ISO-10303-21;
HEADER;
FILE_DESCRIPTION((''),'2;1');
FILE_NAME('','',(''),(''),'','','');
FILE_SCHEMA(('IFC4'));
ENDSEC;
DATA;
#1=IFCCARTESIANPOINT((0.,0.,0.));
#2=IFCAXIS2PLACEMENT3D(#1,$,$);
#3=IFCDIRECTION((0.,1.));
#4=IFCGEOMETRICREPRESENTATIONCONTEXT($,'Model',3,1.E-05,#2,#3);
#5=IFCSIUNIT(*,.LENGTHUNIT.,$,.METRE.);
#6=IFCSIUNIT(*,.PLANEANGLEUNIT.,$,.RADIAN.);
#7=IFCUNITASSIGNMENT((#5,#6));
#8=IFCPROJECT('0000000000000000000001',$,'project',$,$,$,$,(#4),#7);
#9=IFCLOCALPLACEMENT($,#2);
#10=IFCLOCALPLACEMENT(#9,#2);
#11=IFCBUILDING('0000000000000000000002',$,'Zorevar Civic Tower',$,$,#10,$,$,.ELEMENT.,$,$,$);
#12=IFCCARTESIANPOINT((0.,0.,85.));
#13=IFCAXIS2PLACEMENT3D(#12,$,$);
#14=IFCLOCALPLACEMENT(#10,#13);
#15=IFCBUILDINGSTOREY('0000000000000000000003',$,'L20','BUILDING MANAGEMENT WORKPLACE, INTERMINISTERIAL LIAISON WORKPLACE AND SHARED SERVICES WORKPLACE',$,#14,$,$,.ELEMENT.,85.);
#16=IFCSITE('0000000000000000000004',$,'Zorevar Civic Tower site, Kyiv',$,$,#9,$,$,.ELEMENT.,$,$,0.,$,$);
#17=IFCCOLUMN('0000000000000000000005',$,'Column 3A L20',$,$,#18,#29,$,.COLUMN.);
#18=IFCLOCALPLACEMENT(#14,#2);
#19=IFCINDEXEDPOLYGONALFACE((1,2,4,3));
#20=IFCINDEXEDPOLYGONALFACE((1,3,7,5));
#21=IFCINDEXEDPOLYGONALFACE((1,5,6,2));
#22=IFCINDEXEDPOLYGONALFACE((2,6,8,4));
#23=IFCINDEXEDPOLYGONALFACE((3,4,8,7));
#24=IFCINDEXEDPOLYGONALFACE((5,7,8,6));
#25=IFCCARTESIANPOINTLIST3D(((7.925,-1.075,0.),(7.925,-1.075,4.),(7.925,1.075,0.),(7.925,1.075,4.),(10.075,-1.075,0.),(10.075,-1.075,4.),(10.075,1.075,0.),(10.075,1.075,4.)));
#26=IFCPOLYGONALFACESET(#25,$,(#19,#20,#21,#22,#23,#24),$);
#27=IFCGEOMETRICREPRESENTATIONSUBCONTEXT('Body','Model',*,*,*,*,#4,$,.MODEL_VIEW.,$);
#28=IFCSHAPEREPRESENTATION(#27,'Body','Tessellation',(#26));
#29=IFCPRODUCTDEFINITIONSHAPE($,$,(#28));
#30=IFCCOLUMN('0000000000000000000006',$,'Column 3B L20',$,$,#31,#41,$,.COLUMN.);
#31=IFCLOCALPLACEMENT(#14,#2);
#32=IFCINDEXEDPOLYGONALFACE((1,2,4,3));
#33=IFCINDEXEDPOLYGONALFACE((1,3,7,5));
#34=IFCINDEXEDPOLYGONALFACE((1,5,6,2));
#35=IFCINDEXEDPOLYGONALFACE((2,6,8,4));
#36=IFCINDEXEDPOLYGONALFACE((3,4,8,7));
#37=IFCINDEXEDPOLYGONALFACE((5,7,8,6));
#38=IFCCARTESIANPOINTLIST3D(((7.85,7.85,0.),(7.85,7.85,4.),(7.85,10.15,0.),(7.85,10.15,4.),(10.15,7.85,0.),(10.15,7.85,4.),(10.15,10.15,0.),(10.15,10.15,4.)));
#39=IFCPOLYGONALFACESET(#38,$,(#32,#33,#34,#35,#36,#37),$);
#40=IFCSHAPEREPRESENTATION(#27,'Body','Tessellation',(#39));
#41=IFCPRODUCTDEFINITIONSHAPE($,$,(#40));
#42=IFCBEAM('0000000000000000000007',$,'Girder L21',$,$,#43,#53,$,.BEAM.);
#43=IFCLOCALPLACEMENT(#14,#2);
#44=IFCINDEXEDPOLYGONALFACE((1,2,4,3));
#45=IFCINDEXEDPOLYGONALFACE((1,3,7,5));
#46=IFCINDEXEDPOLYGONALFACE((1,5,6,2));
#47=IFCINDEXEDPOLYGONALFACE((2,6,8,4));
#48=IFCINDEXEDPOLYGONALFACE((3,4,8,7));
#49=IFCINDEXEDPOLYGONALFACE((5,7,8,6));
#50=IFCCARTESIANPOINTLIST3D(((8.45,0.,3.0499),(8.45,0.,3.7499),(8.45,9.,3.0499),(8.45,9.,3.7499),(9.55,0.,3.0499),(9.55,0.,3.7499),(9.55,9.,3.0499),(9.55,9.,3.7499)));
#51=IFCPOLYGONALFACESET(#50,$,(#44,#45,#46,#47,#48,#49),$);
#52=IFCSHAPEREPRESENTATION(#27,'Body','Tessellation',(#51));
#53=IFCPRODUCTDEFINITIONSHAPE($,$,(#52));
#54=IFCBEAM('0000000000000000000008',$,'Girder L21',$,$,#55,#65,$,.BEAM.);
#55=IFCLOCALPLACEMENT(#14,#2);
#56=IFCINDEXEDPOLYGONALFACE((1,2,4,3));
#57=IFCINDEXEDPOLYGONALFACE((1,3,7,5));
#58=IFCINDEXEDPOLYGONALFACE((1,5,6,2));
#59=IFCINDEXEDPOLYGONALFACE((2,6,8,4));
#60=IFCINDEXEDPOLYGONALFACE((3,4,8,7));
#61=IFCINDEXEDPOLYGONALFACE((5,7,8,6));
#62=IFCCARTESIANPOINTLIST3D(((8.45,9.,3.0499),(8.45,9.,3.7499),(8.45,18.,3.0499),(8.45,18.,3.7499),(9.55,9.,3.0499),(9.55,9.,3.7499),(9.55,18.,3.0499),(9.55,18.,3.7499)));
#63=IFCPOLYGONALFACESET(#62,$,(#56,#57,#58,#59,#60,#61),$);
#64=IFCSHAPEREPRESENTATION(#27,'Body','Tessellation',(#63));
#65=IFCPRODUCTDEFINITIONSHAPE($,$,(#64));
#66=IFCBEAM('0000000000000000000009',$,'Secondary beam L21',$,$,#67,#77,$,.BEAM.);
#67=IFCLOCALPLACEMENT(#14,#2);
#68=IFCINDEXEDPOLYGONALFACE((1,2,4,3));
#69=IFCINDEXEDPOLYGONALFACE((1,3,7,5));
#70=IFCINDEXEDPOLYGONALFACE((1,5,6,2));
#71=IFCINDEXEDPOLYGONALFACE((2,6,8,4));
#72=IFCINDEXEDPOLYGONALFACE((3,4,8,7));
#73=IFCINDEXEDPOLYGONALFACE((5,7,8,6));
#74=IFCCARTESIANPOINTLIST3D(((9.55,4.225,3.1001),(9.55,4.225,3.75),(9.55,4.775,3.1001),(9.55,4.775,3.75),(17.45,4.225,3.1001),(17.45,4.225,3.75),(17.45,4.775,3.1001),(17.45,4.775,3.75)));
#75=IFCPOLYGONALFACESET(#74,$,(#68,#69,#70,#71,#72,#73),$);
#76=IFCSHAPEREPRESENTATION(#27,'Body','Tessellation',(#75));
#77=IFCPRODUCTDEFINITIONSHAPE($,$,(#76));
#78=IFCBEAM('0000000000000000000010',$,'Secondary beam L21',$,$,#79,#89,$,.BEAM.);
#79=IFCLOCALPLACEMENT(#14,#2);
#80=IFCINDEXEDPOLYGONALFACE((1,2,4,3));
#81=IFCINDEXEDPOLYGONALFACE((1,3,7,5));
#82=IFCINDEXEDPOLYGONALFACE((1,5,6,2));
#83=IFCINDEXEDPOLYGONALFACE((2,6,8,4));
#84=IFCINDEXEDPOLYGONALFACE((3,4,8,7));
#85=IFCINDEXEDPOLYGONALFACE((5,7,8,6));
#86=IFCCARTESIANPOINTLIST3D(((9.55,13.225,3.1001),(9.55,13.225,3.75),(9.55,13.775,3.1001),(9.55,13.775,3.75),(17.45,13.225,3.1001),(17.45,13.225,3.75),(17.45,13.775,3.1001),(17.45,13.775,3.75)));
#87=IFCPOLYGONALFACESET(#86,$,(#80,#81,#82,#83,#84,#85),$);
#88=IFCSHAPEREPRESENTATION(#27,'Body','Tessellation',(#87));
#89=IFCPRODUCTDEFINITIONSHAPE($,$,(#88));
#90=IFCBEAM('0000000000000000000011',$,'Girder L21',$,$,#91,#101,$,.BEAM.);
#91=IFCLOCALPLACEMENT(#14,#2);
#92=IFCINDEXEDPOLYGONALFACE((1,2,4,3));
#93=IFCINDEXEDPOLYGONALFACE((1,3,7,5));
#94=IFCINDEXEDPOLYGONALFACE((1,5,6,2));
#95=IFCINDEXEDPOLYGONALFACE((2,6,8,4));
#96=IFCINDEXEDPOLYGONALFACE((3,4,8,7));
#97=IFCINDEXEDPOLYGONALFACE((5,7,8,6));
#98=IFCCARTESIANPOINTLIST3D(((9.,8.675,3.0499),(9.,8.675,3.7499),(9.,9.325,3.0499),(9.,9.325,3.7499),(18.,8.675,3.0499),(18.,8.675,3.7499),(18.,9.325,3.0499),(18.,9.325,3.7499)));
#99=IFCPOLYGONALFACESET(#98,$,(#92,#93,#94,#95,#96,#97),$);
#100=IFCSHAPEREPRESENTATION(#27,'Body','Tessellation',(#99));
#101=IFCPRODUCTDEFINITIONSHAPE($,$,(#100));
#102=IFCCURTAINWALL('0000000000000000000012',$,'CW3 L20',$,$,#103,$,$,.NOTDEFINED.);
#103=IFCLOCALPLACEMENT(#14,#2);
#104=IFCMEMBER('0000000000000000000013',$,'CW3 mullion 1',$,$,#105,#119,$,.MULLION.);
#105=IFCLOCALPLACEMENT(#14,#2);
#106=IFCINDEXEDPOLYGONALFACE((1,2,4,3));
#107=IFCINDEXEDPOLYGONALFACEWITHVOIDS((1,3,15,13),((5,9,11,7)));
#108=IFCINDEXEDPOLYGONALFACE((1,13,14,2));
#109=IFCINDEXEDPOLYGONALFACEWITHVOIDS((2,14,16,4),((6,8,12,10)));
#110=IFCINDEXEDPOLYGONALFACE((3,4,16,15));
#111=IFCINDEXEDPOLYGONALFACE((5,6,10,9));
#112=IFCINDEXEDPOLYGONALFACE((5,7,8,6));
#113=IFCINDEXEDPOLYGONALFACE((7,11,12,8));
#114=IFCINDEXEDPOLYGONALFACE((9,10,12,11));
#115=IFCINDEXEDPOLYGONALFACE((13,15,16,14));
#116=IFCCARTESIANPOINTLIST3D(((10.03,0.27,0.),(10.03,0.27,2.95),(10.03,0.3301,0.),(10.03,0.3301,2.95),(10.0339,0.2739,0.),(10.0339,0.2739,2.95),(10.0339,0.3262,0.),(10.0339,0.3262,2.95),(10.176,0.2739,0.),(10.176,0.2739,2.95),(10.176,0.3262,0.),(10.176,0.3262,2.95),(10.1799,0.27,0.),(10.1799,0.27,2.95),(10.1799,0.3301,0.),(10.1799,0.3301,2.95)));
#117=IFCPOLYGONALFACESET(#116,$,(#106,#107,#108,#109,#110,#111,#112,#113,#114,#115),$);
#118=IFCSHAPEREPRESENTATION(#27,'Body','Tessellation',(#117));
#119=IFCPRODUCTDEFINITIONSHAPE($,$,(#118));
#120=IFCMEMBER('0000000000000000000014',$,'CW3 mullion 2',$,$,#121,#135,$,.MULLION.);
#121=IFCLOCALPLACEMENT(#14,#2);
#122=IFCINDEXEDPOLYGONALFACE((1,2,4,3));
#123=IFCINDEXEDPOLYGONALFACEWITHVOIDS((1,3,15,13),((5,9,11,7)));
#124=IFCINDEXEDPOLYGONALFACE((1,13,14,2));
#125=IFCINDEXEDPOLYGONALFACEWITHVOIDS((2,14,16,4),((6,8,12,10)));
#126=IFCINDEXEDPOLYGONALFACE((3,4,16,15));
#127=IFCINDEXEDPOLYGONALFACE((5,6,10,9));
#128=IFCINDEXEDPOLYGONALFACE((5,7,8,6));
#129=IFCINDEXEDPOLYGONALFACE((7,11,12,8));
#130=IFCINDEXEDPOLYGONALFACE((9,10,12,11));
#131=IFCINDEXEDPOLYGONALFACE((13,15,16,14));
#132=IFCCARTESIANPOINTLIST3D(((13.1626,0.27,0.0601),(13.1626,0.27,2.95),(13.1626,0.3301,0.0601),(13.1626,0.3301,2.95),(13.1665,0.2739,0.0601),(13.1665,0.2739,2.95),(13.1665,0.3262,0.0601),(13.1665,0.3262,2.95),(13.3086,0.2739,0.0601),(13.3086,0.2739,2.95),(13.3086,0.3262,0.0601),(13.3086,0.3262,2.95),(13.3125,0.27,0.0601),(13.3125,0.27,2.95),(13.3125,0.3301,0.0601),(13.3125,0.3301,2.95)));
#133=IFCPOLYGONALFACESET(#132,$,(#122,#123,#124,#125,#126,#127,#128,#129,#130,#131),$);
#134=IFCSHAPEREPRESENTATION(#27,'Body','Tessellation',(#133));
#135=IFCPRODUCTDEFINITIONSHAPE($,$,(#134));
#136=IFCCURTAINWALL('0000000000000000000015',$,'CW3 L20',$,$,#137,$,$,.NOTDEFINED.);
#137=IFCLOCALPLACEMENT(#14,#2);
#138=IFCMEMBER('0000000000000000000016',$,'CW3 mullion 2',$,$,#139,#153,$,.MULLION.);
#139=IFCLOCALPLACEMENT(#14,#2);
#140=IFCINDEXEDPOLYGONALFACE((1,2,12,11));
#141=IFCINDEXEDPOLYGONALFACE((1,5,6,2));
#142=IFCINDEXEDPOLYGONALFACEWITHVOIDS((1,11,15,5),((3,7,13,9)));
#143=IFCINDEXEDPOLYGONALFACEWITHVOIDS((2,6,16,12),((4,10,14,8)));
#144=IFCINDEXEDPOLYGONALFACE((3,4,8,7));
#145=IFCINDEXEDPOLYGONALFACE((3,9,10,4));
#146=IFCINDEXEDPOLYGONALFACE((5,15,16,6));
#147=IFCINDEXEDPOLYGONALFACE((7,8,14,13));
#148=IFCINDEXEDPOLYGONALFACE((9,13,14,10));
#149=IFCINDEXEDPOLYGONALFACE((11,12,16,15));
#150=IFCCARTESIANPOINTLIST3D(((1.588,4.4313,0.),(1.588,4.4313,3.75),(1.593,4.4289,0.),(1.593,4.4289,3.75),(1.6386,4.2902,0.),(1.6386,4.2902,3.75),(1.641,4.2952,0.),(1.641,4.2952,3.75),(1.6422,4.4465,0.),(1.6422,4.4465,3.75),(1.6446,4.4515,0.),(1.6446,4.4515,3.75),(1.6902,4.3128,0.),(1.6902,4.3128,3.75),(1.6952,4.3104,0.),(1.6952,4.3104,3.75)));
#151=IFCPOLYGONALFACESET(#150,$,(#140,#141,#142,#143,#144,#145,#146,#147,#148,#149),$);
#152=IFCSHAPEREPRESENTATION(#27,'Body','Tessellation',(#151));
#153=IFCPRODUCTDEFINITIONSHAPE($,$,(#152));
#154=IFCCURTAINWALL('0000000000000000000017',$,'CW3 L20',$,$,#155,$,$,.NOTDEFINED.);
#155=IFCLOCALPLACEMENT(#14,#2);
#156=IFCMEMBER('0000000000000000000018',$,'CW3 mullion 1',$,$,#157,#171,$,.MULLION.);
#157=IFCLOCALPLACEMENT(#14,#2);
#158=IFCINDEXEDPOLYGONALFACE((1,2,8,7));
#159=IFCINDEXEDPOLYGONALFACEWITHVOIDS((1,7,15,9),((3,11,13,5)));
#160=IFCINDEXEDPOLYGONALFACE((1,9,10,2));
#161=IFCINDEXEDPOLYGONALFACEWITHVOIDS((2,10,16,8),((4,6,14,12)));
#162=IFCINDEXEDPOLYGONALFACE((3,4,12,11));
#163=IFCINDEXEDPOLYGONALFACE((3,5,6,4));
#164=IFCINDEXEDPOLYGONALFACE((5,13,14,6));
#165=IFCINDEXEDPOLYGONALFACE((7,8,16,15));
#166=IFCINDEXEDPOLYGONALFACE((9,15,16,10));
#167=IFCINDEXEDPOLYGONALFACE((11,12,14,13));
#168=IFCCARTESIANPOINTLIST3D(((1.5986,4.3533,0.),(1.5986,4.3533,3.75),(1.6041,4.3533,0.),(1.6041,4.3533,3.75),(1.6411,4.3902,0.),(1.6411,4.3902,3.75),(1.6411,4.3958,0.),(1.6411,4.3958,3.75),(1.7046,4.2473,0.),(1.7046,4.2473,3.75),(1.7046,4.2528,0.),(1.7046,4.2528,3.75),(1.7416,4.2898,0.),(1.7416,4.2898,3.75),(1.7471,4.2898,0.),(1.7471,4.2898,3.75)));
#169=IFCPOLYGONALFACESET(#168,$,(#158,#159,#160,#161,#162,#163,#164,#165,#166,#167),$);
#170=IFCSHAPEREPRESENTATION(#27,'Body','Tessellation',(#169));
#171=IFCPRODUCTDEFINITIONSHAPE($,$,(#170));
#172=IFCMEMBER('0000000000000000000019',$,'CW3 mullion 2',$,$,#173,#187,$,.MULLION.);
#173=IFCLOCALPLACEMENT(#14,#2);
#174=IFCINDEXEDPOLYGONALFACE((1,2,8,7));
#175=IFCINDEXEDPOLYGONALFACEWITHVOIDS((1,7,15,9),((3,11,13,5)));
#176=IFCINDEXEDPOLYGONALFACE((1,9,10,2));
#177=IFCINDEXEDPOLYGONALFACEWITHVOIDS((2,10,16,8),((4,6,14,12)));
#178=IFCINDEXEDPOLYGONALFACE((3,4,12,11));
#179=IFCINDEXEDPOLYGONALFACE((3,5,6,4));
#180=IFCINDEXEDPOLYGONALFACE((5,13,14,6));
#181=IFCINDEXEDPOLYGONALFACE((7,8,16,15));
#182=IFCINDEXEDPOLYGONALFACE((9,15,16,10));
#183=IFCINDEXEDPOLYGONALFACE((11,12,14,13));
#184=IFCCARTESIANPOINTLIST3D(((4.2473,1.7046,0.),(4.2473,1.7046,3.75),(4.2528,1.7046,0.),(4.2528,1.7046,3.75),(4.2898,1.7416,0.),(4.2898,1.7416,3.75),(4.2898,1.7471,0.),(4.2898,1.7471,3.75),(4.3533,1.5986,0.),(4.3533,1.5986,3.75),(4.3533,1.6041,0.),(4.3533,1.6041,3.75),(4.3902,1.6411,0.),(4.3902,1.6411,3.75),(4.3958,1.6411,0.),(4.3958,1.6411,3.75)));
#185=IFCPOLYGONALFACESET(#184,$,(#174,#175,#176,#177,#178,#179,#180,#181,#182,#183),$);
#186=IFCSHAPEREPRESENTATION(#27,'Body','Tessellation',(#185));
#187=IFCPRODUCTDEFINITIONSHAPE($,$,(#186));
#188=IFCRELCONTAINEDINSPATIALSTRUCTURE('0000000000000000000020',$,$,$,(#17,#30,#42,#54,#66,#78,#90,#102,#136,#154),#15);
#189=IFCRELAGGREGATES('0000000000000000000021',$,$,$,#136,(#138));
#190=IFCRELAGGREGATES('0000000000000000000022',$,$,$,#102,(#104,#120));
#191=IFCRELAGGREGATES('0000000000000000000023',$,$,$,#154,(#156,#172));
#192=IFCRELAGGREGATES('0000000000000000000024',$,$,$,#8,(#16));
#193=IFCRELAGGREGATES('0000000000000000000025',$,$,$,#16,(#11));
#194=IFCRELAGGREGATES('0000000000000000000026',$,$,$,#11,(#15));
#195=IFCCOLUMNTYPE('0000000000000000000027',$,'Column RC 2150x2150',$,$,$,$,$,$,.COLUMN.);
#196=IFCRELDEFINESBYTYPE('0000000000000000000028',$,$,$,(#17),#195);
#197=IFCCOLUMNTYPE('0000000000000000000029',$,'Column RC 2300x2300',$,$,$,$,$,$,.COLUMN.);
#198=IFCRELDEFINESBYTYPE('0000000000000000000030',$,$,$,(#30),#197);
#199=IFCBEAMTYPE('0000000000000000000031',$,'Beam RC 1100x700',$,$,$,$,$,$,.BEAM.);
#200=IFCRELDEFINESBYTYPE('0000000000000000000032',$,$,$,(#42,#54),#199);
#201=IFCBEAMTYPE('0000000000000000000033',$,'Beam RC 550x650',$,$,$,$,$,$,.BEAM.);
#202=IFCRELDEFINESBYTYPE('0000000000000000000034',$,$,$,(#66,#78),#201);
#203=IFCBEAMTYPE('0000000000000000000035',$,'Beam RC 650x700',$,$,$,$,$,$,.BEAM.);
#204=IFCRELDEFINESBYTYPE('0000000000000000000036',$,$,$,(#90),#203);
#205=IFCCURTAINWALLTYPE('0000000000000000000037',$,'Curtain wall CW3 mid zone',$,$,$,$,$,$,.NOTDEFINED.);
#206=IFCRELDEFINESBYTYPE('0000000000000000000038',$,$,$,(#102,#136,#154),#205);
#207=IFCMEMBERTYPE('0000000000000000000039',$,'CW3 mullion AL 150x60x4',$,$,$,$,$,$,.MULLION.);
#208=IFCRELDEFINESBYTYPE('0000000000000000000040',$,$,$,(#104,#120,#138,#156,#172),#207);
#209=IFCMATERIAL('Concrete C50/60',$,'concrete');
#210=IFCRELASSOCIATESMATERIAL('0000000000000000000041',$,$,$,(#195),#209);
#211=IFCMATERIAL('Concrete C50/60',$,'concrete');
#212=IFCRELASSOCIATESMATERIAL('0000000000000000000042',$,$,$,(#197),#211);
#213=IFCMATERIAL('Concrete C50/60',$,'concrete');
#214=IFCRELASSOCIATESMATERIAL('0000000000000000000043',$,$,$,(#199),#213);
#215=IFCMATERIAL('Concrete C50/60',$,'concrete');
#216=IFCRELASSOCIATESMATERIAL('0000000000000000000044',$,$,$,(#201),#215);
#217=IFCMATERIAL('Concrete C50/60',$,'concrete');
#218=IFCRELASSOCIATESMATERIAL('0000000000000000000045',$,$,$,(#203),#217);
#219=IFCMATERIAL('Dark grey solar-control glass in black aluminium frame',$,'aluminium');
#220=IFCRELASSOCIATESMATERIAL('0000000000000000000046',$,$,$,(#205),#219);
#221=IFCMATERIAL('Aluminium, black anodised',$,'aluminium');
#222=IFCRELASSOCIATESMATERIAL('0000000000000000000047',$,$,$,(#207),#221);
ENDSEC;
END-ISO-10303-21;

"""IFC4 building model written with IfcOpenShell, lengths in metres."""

from ifc_helpers import new_model, si_unit, direction, frame, origin, origin_2d, place, context, subcontext, project, spatial, rectangle, hollow_rectangle, extrude, material, material_profile, profile_set, type_object, element, aggregate, save


model = new_model("IFC4")

# Units and contexts
model_context = context("Model", 3, precision=1e-05, world=origin(), true_north=direction((0.0, 1.0)))
body_context = subcontext(model_context, "Body", "Model", "MODEL_VIEW")
ifc_project = project(units=[si_unit("LENGTHUNIT", "METRE"), si_unit("PLANEANGLEUNIT", "RADIAN")], contexts=[model_context])

# Site, building, storey
site_placement = place(None, origin())
site = spatial("IfcSite", under=ifc_project, at=site_placement, Name="Zorevar Civic Tower site, Kyiv", CompositionType="ELEMENT", RefElevation=0.0)
building_placement = place(site_placement, origin())
building = spatial("IfcBuilding", under=site, at=building_placement, Name="Zorevar Civic Tower", CompositionType="ELEMENT")
storey_placement = place(building_placement, frame((0.0, 0.0, 85.0)))
storey = spatial("IfcBuildingStorey", under=building, at=storey_placement, Name="L20", Description="BUILDING MANAGEMENT WORKPLACE, INTERMINISTERIAL LIAISON WORKPLACE AND SHARED SERVICES WORKPLACE", CompositionType="ELEMENT", Elevation=85.0)

# Columns
ifc_material_1 = material(Name="Concrete C50/60", Category="concrete")
ifc_material_profile_1 = material_profile(ifc_material_1, rectangle(XDim=2.1499, YDim=2.1499, at=origin_2d()), Name="RC 2150x2150")
ifc_profile_set_1 = profile_set([ifc_material_profile_1], Name="Concrete C50/60")
column_type_1 = type_object("IfcColumnType", Name="Column RC 2150x2150", PredefinedType="COLUMN", material=ifc_profile_set_1)
column_1_placement = place(storey_placement, frame((9.0, 0.0, 0.0), z_axis=(0.0, 0.0, 1.0), x_axis=(1.0, 0.0, 0.0)))
element("IfcColumn", 1, at=column_1_placement, inside=storey, type_object=column_type_1, Name="Column 3A L20", PredefinedType="COLUMN", context=body_context, shape_type="SweptSolid", body=[
    extrude(rectangle(XDim=2.1499, YDim=2.1499, at=origin_2d()), origin(), (0.0, 0.0, 1.0), 4.0),
])
ifc_material_2 = material(Name="Concrete C50/60", Category="concrete")
ifc_material_profile_2 = material_profile(ifc_material_2, rectangle(XDim=2.3, YDim=2.3, at=origin_2d()), Name="RC 2300x2300")
ifc_profile_set_2 = profile_set([ifc_material_profile_2], Name="Concrete C50/60")
column_type_2 = type_object("IfcColumnType", Name="Column RC 2300x2300", PredefinedType="COLUMN", material=ifc_profile_set_2)
column_2_placement = place(storey_placement, frame((9.0, 9.0, 0.0), z_axis=(0.0, 0.0, 1.0), x_axis=(1.0, 0.0, 0.0)))
element("IfcColumn", 2, at=column_2_placement, inside=storey, type_object=column_type_2, Name="Column 3B L20", PredefinedType="COLUMN", context=body_context, shape_type="SweptSolid", body=[
    extrude(rectangle(XDim=2.3, YDim=2.3, at=origin_2d()), origin(), (0.0, 0.0, 1.0), 4.0),
])

# Beams
ifc_material_3 = material(Name="Concrete C50/60", Category="concrete")
ifc_material_profile_3 = material_profile(ifc_material_3, rectangle(XDim=1.1001, YDim=0.7, at=origin_2d()), Name="RC 1100x700")
ifc_profile_set_3 = profile_set([ifc_material_profile_3], Name="Concrete C50/60")
beam_type_1 = type_object("IfcBeamType", Name="Beam RC 1100x700", PredefinedType="BEAM", material=ifc_profile_set_3)
for number, where, z_axis, x_axis, name in (
    (3, (9.0, 0.0, 3.3999), (0.0, 1.0, 0.0), (-1.0, 0.0, 0.0), "Girder L21"),
    (4, (9.0, 9.0, 3.3999), (0.0, 1.0, 0.0), (-1.0, 0.0, 0.0), "Girder L21"),
):
    element("IfcBeam", number, at=place(storey_placement, frame(where, z_axis=z_axis, x_axis=x_axis)), inside=storey, type_object=beam_type_1, Name=name, PredefinedType="BEAM", context=body_context, shape_type="SweptSolid", body=[
        extrude(rectangle(XDim=1.1001, YDim=0.7, at=origin_2d()), origin(), (0.0, 0.0, 1.0), 9.0),
    ])
ifc_material_4 = material(Name="Concrete C50/60", Category="concrete")
ifc_material_profile_4 = material_profile(ifc_material_4, rectangle(XDim=0.55, YDim=0.6499, at=origin_2d()), Name="RC 550x650")
ifc_profile_set_4 = profile_set([ifc_material_profile_4], Name="Concrete C50/60")
beam_type_2 = type_object("IfcBeamType", Name="Beam RC 550x650", PredefinedType="BEAM", material=ifc_profile_set_4)
for number, where, z_axis, x_axis, name in (
    (5, (9.55, 4.5, 3.425), (1.0, 0.0, 0.0), (0.0, 1.0, 0.0), "Secondary beam L21"),
    (6, (9.55, 13.5, 3.425), (1.0, 0.0, 0.0), (0.0, 1.0, 0.0), "Secondary beam L21"),
):
    element("IfcBeam", number, at=place(storey_placement, frame(where, z_axis=z_axis, x_axis=x_axis)), inside=storey, type_object=beam_type_2, Name=name, PredefinedType="BEAM", context=body_context, shape_type="SweptSolid", body=[
        extrude(rectangle(XDim=0.55, YDim=0.6499, at=origin_2d()), origin(), (0.0, 0.0, 1.0), 7.8999),
    ])
ifc_material_5 = material(Name="Concrete C50/60", Category="concrete")
ifc_material_profile_5 = material_profile(ifc_material_5, rectangle(XDim=0.6499, YDim=0.7, at=origin_2d()), Name="RC 650x700")
ifc_profile_set_5 = profile_set([ifc_material_profile_5], Name="Concrete C50/60")
beam_type_3 = type_object("IfcBeamType", Name="Beam RC 650x700", PredefinedType="BEAM", material=ifc_profile_set_5)
beam_1_placement = place(storey_placement, frame((9.0, 9.0, 3.3999), z_axis=(1.0, 0.0, 0.0), x_axis=(0.0, 1.0, 0.0)))
element("IfcBeam", 7, at=beam_1_placement, inside=storey, type_object=beam_type_3, Name="Girder L21", PredefinedType="BEAM", context=body_context, shape_type="SweptSolid", body=[
    extrude(rectangle(XDim=0.6499, YDim=0.7, at=origin_2d()), origin(), (0.0, 0.0, 1.0), 9.0),
])

# Curtain wall, members
ifc_material_6 = material(Name="Dark grey solar-control glass in black aluminium frame", Category="aluminium")
curtain_wall_type = type_object("IfcCurtainWallType", Name="Curtain wall CW3 mid zone", PredefinedType="NOTDEFINED", material=ifc_material_6)
curtain_wall_1_placement = place(storey_placement, origin())
curtain_wall_1 = element("IfcCurtainWall", 8, at=curtain_wall_1_placement, inside=storey, type_object=curtain_wall_type, Name="CW3 L20", PredefinedType="NOTDEFINED")
ifc_material_7 = material(Name="Aluminium, black anodised", Category="aluminium")
ifc_material_profile_6 = material_profile(ifc_material_7, hollow_rectangle(XDim=0.0601, YDim=0.1499, WallThickness=0.0039, at=origin_2d()), Name="AL 150x60x4")
ifc_profile_set_6 = profile_set([ifc_material_profile_6], Name="Aluminium, black anodised")
member_type_1 = type_object("IfcMemberType", Name="CW3 mullion AL 150x60x4", PredefinedType="MULLION", material=ifc_profile_set_6)
member_1_placement = place(storey_placement, frame((10.105, 0.3, 0.0), z_axis=(0.0, 0.0, 1.0), x_axis=(0.0, 1.0, 0.0)))
member_1 = element("IfcMember", 9, at=member_1_placement, type_object=member_type_1, Name="CW3 mullion 1", PredefinedType="MULLION", context=body_context, shape_type="SweptSolid", body=[
    extrude(hollow_rectangle(XDim=0.0601, YDim=0.1499, WallThickness=0.0039, at=origin_2d()), origin(), (0.0, 0.0, 1.0), 2.95),
])
member_2_placement = place(storey_placement, frame((13.2375, 0.3, 0.0601), z_axis=(0.0, 0.0, 1.0), x_axis=(0.0, 1.0, 0.0)))
member_2 = element("IfcMember", 10, at=member_2_placement, type_object=member_type_1, Name="CW3 mullion 2", PredefinedType="MULLION", context=body_context, shape_type="SweptSolid", body=[
    extrude(hollow_rectangle(XDim=0.0601, YDim=0.1499, WallThickness=0.0039, at=origin_2d()), origin(), (0.0, 0.0, 1.0), 2.8899),
])

# Curtain wall, member
curtain_wall_2_placement = place(storey_placement, origin())
curtain_wall_2 = element("IfcCurtainWall", 11, at=curtain_wall_2_placement, inside=storey, type_object=curtain_wall_type, Name="CW3 L20", PredefinedType="NOTDEFINED")
member_3_placement = place(storey_placement, frame((1.6416, 4.3708, 0.0), z_axis=(0.0, 0.0, 1.0), x_axis=(0.941282, 0.337623, 0.0)))
member_3 = element("IfcMember", 12, at=member_3_placement, type_object=member_type_1, Name="CW3 mullion 2", PredefinedType="MULLION", context=body_context, shape_type="SweptSolid", body=[
    extrude(hollow_rectangle(XDim=0.0601, YDim=0.1499, WallThickness=0.0039, at=origin_2d()), origin(), (0.0, 0.0, 1.0), 3.75),
])
aggregate(curtain_wall_2, [member_3])

# Curtain wall, members
curtain_wall_3_placement = place(storey_placement, origin())
curtain_wall_3 = element("IfcCurtainWall", 13, at=curtain_wall_3_placement, inside=storey, type_object=curtain_wall_type, Name="CW3 L20", PredefinedType="NOTDEFINED")
member_4_placement = place(storey_placement, frame((1.6729, 4.3215, 0.0), z_axis=(0.0, 0.0, 1.0), x_axis=(0.707107, 0.707107, 0.0)))
member_4 = element("IfcMember", 14, at=member_4_placement, type_object=member_type_1, Name="CW3 mullion 1", PredefinedType="MULLION", context=body_context, shape_type="SweptSolid", body=[
    extrude(hollow_rectangle(XDim=0.0601, YDim=0.1499, WallThickness=0.0039, at=origin_2d()), origin(), (0.0, 0.0, 1.0), 3.75),
])
member_5_placement = place(storey_placement, frame((4.3215, 1.6729, 0.0), z_axis=(0.0, 0.0, 1.0), x_axis=(0.707107, 0.707107, 0.0)))
member_5 = element("IfcMember", 15, at=member_5_placement, type_object=member_type_1, Name="CW3 mullion 2", PredefinedType="MULLION", context=body_context, shape_type="SweptSolid", body=[
    extrude(hollow_rectangle(XDim=0.0601, YDim=0.1499, WallThickness=0.0039, at=origin_2d()), origin(), (0.0, 0.0, 1.0), 3.75),
])

aggregate(curtain_wall_1, [member_1, member_2])
aggregate(curtain_wall_3, [member_4, member_5])

save(model, "model.ifc")
